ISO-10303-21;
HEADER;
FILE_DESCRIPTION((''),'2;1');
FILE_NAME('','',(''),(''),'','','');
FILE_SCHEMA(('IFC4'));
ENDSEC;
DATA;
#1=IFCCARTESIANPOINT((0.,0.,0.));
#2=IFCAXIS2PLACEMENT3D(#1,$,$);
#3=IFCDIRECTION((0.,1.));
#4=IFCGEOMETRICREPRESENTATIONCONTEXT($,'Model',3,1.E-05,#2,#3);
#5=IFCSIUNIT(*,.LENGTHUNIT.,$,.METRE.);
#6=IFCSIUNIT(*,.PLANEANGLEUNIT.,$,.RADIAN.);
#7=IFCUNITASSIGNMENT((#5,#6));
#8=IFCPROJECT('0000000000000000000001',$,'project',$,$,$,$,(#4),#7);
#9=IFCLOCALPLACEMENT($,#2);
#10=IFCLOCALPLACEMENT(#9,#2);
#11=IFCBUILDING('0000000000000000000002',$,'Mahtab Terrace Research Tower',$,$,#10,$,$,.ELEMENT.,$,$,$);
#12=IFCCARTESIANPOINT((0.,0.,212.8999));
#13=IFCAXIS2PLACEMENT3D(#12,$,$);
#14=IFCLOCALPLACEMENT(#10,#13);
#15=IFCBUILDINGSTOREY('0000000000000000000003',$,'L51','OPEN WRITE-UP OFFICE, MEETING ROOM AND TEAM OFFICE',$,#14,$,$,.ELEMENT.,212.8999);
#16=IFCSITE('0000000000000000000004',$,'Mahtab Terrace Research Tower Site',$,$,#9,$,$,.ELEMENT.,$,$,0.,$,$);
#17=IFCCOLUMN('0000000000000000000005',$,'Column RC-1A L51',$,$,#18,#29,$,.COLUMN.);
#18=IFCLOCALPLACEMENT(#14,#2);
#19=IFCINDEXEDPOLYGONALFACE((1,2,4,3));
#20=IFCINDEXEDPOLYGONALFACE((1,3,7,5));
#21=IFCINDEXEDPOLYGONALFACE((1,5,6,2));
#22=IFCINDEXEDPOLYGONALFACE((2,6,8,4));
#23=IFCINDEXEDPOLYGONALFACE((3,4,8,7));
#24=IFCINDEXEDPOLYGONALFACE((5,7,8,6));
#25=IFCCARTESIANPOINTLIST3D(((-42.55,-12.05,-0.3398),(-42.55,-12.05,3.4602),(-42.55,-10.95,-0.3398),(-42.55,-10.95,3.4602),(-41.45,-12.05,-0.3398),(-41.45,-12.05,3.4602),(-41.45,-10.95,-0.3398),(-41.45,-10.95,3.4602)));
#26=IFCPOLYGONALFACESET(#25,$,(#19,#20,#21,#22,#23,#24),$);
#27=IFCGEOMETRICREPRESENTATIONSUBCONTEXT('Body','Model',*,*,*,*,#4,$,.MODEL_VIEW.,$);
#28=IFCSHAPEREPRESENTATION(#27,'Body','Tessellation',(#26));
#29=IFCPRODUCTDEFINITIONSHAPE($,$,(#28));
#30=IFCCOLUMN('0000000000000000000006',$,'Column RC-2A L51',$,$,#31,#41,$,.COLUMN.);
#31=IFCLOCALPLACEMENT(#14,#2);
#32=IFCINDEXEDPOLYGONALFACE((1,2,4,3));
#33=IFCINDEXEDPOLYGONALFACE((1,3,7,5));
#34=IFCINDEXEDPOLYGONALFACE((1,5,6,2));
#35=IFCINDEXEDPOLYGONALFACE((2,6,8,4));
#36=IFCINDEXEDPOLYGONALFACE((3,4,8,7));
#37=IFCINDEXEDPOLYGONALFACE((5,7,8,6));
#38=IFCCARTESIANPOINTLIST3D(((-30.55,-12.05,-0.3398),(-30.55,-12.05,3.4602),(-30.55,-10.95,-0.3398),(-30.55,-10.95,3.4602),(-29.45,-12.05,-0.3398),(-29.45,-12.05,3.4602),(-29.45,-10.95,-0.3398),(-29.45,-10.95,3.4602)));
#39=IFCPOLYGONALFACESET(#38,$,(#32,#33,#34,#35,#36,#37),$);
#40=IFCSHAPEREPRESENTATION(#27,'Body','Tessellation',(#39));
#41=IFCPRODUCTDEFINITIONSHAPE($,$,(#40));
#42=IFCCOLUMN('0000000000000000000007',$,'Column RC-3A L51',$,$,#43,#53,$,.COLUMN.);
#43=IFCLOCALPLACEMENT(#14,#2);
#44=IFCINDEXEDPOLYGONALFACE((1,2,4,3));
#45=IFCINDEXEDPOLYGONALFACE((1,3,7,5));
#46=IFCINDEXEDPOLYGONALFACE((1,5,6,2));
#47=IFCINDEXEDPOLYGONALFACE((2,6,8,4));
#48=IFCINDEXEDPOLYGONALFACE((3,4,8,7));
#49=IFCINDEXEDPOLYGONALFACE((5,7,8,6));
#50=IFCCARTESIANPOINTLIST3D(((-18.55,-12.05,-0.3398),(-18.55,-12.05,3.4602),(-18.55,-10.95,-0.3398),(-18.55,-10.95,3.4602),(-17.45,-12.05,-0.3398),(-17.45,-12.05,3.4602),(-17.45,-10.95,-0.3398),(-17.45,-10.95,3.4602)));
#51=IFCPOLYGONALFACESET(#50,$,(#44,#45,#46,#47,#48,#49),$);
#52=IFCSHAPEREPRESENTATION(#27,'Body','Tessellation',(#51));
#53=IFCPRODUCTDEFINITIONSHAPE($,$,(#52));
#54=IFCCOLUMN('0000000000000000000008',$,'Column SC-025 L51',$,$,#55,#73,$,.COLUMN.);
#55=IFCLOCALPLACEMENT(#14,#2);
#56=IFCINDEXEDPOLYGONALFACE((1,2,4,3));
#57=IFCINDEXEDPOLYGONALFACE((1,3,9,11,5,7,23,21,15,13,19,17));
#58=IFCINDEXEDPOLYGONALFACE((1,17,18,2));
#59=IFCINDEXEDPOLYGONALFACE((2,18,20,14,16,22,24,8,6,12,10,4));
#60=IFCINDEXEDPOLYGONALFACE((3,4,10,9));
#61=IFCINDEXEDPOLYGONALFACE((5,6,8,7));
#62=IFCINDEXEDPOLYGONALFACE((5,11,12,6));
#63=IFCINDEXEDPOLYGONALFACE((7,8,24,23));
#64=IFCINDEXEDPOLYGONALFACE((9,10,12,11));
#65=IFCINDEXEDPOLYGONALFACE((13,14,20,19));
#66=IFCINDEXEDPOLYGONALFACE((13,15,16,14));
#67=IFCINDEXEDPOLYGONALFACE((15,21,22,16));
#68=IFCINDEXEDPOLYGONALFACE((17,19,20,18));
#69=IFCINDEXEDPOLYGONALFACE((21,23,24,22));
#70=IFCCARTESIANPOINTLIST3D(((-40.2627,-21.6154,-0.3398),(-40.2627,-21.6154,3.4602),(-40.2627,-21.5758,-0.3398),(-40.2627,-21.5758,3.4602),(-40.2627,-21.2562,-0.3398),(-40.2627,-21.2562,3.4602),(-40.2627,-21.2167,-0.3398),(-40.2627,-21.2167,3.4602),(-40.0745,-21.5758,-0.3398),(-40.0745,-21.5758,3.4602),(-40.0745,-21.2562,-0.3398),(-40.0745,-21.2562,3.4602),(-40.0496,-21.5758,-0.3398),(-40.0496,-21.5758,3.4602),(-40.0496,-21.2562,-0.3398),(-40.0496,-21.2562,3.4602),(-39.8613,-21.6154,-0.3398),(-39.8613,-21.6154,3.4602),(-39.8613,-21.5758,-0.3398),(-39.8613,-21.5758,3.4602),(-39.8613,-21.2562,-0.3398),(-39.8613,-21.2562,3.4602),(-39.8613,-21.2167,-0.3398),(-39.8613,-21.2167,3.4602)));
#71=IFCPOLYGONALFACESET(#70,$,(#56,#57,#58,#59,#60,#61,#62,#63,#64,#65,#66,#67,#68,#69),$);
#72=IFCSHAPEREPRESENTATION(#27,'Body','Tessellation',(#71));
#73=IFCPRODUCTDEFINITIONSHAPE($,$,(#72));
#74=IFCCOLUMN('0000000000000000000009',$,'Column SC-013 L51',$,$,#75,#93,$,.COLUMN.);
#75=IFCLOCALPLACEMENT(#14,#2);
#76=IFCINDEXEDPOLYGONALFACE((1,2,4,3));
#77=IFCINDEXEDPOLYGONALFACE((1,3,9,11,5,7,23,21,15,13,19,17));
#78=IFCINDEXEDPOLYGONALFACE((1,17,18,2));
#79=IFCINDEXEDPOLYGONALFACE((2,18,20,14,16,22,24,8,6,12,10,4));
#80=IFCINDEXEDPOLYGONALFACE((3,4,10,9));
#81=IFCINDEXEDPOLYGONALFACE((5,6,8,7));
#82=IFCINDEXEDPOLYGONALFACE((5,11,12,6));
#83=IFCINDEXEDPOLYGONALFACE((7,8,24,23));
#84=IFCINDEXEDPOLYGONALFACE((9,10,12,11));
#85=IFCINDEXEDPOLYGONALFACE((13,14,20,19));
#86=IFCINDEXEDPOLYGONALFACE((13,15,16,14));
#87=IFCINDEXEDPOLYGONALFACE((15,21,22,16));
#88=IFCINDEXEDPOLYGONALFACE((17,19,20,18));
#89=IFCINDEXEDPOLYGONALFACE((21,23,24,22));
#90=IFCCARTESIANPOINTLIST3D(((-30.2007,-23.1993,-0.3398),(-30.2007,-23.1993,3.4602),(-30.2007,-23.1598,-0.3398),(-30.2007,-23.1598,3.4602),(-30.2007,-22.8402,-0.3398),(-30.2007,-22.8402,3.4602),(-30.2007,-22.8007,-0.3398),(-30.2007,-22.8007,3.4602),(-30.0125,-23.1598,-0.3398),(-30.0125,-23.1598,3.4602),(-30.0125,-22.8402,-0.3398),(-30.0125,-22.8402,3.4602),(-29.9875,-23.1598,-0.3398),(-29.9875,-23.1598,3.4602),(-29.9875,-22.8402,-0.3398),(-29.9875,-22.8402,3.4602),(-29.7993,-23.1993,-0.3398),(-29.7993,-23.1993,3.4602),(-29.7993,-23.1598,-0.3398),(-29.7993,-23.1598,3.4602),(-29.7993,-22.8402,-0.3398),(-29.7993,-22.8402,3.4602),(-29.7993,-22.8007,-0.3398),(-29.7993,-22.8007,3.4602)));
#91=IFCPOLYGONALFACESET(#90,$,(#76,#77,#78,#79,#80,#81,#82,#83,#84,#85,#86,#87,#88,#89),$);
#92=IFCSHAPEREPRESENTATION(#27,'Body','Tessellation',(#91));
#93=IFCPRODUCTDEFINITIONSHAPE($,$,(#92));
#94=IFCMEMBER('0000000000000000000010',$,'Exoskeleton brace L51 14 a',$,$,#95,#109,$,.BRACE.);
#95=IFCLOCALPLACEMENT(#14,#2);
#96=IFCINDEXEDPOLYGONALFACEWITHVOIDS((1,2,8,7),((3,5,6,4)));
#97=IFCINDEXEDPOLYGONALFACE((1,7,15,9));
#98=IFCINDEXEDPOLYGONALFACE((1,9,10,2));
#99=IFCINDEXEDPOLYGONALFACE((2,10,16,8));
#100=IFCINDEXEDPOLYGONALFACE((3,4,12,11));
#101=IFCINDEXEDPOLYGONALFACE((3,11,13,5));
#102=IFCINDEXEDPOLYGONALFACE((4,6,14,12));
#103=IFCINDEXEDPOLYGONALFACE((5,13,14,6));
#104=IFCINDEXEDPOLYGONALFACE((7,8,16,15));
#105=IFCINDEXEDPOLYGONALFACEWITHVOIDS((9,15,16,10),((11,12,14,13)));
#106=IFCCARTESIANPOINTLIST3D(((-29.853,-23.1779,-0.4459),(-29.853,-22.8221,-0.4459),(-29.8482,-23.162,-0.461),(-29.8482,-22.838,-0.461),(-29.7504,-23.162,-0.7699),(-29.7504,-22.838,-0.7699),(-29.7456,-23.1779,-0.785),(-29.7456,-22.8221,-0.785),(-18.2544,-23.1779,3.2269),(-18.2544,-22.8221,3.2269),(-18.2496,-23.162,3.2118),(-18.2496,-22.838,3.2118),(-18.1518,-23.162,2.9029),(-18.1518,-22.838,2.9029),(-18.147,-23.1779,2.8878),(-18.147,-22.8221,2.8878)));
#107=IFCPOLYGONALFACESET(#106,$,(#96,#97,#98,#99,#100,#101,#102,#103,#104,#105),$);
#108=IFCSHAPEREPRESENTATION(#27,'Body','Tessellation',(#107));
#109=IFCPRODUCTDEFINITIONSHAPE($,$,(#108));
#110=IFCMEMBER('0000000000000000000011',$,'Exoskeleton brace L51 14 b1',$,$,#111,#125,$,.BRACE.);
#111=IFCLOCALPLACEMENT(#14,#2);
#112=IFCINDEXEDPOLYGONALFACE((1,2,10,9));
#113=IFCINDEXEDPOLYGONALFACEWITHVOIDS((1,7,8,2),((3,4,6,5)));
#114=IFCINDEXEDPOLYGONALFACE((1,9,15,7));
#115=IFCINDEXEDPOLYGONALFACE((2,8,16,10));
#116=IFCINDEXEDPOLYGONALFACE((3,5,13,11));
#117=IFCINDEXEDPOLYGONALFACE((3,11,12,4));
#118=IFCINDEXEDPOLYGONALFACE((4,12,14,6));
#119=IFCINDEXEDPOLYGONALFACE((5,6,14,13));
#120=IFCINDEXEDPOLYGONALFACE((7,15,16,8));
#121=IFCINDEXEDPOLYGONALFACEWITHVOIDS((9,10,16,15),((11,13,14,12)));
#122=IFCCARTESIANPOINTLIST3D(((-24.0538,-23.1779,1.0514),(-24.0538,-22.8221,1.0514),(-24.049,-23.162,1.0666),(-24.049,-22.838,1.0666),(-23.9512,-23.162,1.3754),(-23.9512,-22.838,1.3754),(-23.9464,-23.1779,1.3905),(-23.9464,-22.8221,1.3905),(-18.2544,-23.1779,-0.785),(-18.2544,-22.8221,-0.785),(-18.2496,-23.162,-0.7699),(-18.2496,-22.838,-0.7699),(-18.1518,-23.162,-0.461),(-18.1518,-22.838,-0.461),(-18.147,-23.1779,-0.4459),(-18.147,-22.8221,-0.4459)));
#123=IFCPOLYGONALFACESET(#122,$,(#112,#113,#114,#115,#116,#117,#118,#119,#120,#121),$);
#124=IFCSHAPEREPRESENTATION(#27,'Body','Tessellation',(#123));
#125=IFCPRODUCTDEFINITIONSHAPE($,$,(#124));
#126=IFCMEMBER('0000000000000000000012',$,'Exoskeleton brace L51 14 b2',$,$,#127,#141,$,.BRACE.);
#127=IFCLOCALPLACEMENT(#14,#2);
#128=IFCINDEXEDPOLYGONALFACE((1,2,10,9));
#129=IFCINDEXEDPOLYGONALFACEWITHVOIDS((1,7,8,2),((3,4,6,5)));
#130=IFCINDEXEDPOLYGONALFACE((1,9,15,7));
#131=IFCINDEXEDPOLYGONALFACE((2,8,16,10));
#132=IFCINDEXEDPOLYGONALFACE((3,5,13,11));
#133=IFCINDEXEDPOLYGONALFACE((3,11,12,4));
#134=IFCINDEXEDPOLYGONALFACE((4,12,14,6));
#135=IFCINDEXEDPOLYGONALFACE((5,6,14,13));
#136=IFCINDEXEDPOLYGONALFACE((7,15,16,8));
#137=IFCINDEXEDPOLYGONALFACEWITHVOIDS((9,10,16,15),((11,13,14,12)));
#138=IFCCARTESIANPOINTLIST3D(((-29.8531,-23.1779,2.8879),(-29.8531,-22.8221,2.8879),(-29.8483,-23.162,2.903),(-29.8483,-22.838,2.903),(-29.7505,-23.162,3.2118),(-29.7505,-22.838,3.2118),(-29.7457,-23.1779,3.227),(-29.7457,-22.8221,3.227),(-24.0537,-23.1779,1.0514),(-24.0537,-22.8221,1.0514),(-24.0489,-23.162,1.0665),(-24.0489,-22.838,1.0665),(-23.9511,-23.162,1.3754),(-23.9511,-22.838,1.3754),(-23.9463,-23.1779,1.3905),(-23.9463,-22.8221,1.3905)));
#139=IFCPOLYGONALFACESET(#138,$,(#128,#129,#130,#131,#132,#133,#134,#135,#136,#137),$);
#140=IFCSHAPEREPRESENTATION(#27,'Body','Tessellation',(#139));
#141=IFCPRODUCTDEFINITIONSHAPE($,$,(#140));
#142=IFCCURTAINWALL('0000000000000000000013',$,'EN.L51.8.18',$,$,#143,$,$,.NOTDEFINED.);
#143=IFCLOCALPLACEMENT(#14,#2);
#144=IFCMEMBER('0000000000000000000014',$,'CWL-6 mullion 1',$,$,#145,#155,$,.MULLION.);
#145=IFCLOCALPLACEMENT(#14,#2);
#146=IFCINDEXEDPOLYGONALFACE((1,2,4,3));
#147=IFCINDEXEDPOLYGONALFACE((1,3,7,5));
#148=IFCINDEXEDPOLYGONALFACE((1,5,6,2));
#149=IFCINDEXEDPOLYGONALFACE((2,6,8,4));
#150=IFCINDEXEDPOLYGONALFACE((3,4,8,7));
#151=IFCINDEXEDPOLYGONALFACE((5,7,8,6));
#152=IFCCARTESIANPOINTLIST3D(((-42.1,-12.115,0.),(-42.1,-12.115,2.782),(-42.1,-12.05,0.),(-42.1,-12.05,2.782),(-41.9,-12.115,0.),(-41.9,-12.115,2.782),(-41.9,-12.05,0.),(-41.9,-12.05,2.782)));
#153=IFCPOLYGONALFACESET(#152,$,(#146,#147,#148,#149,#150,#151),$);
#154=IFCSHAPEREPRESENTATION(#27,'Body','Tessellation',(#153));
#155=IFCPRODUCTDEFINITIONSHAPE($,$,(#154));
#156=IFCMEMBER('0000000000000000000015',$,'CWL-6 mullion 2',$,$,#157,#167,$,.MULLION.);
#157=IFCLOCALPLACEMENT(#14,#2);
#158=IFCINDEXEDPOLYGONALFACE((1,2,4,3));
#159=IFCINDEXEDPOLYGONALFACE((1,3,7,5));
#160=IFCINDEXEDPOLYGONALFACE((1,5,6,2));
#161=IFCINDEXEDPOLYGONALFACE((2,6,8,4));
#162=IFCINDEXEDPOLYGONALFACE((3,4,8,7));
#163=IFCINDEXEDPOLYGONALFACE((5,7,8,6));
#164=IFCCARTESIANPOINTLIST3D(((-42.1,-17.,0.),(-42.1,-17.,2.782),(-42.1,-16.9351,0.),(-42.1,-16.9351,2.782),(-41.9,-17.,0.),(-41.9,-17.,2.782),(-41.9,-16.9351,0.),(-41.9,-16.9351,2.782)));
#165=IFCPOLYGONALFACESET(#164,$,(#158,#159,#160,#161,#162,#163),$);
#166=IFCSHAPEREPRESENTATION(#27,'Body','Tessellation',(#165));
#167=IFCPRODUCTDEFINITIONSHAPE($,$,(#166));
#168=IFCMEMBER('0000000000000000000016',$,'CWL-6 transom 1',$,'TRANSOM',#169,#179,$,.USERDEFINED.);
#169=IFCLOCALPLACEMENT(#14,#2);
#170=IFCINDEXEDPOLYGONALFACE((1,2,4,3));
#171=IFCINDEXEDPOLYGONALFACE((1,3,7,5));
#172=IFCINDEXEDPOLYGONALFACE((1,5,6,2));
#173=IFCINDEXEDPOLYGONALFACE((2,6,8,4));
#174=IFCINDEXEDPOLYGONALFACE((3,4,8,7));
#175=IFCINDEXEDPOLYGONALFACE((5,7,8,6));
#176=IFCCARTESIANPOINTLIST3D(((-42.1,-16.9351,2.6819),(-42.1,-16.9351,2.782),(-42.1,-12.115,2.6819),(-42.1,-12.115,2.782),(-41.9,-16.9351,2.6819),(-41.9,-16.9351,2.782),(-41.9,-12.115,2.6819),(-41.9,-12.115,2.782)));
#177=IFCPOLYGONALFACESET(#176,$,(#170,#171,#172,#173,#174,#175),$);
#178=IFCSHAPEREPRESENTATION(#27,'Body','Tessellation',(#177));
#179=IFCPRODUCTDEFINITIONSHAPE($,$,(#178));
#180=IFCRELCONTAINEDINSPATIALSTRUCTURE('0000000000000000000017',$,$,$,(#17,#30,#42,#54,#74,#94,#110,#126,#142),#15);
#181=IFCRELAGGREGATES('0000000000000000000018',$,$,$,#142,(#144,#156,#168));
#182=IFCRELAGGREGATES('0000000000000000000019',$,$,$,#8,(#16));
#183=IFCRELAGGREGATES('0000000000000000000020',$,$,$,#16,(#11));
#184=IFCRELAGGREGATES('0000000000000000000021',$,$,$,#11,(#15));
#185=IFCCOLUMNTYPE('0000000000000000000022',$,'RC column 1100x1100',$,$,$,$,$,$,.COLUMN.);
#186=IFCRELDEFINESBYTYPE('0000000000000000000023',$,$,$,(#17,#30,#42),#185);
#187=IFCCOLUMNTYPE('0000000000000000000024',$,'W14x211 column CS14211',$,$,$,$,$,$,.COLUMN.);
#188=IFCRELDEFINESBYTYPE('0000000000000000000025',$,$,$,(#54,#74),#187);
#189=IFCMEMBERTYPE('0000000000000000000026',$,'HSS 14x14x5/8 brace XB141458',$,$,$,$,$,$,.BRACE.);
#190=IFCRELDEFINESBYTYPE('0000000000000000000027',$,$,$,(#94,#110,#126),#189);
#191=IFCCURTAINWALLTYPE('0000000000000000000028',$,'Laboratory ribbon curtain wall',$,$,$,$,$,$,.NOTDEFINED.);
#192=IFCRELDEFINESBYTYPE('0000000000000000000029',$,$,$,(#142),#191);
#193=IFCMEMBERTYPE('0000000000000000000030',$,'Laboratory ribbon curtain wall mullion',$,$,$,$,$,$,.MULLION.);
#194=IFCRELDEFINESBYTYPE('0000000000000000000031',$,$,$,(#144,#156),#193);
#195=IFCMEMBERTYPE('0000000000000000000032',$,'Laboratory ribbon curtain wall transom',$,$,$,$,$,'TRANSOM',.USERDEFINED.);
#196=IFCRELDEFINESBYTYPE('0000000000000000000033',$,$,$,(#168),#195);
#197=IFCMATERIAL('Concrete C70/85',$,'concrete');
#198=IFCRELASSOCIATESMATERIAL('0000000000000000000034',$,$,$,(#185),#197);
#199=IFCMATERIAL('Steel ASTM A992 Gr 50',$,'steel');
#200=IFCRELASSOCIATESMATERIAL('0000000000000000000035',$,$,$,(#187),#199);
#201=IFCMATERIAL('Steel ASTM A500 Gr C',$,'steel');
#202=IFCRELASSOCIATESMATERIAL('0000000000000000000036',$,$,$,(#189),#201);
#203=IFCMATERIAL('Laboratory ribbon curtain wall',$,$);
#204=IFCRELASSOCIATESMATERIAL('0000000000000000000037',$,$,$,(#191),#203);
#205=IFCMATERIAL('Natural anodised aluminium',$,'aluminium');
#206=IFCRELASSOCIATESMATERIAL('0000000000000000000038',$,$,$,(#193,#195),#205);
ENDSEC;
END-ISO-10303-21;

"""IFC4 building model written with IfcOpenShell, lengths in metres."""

from ifc_helpers import new_model, si_unit, direction, frame, origin, origin_2d, place, context, subcontext, project, spatial, rectangle, hollow_rectangle, i_section, extrude, material, material_profile, profile_set, type_object, element, aggregate, save


model = new_model("IFC4")

# Units and contexts
model_context = context("Model", 3, precision=1e-05, world=origin(), true_north=direction((0.0, 1.0)))
body_context = subcontext(model_context, "Body", "Model", "MODEL_VIEW")
ifc_project = project(units=[si_unit("LENGTHUNIT", "METRE"), si_unit("PLANEANGLEUNIT", "RADIAN")], contexts=[model_context])

# Site, building, storey
site_placement = place(None, origin())
site = spatial("IfcSite", under=ifc_project, at=site_placement, Name="Mahtab Terrace Research Tower Site", CompositionType="ELEMENT", RefElevation=0.0)
building_placement = place(site_placement, origin())
building = spatial("IfcBuilding", under=site, at=building_placement, Name="Mahtab Terrace Research Tower", CompositionType="ELEMENT")
storey_placement = place(building_placement, frame((0.0, 0.0, 212.8999)))
storey = spatial("IfcBuildingStorey", under=building, at=storey_placement, Name="L51", Description="OPEN WRITE-UP OFFICE, MEETING ROOM AND TEAM OFFICE", CompositionType="ELEMENT", Elevation=212.8999)

# Columns
ifc_material_1 = material(Name="Concrete C70/85", Category="concrete")
ifc_material_profile_1 = material_profile(ifc_material_1, rectangle(XDim=1.1001, YDim=1.1001, at=origin_2d()), Name="RC column 1100x1100")
ifc_profile_set_1 = profile_set([ifc_material_profile_1], Name="Concrete C70/85")
column_type_1 = type_object("IfcColumnType", Name="RC column 1100x1100", PredefinedType="COLUMN", material=ifc_profile_set_1)
for number, where, z_axis, x_axis, name in (
    (1, (-42.0, -11.5, -0.3398), (0.0, 0.0, 1.0), (1.0, 0.0, 0.0), "Column RC-1A L51"),
    (2, (-30.0, -11.5, -0.3398), (0.0, 0.0, 1.0), (1.0, 0.0, 0.0), "Column RC-2A L51"),
    (3, (-18.0, -11.5, -0.3398), (0.0, 0.0, 1.0), (1.0, 0.0, 0.0), "Column RC-3A L51"),
):
    element("IfcColumn", number, at=place(storey_placement, frame(where, z_axis=z_axis, x_axis=x_axis)), inside=storey, type_object=column_type_1, Name=name, PredefinedType="COLUMN", context=body_context, shape_type="SweptSolid", body=[
        extrude(rectangle(XDim=1.1001, YDim=1.1001, at=origin_2d()), origin(), (0.0, 0.0, 1.0), 3.8),
    ])
ifc_material_2 = material(Name="Steel ASTM A992 Gr 50", Category="steel")
ifc_material_profile_2 = material_profile(ifc_material_2, i_section(OverallWidth=0.4014, OverallDepth=0.3987, WebThickness=0.0249, FlangeThickness=0.0396, at=origin_2d()), Name="W14X211")
ifc_profile_set_2 = profile_set([ifc_material_profile_2], Name="Steel ASTM A992 Gr 50")
column_type_2 = type_object("IfcColumnType", Name="W14x211 column CS14211", PredefinedType="COLUMN", material=ifc_profile_set_2)
for number, where, z_axis, x_axis, name in (
    (4, (-40.062, -21.416, -0.3398), (0.0, 0.0, 1.0), (1.0, 0.0, 0.0), "Column SC-025 L51"),
    (5, (-30.0, -23.0, -0.3398), (0.0, 0.0, 1.0), (1.0, 0.0, 0.0), "Column SC-013 L51"),
):
    element("IfcColumn", number, at=place(storey_placement, frame(where, z_axis=z_axis, x_axis=x_axis)), inside=storey, type_object=column_type_2, Name=name, PredefinedType="COLUMN", context=body_context, shape_type="SweptSolid", body=[
        extrude(i_section(OverallWidth=0.4014, OverallDepth=0.3987, WebThickness=0.0249, FlangeThickness=0.0396, at=origin_2d()), origin(), (0.0, 0.0, 1.0), 3.8),
    ])

# Members
ifc_material_3 = material(Name="Steel ASTM A500 Gr C", Category="steel")
ifc_material_profile_3 = material_profile(ifc_material_3, hollow_rectangle(XDim=0.3557, YDim=0.3557, WallThickness=0.0159, at=origin_2d()), Name="HSS14X14X5/8")
ifc_profile_set_3 = profile_set([ifc_material_profile_3], Name="Steel ASTM A500 Gr C")
member_type_1 = type_object("IfcMemberType", Name="HSS 14x14x5/8 brace XB141458", PredefinedType="BRACE", material=ifc_profile_set_3)
member_1_placement = place(storey_placement, frame((-29.7993, -23.0, -0.6155), z_axis=(0.953343, 0.0, 0.301888), x_axis=(0.0, 1.0, 0.0)))
element("IfcMember", 6, at=member_1_placement, inside=storey, type_object=member_type_1, Name="Exoskeleton brace L51 14 a", PredefinedType="BRACE", context=body_context, shape_type="SweptSolid", body=[
    extrude(hollow_rectangle(XDim=0.3557, YDim=0.3557, WallThickness=0.0159, at=origin_2d()), origin(), (0.0, 0.0, 1.0), 12.1663),
])
for number, where, z_axis, x_axis, name in (
    (7, (-18.2007, -23.0, -0.6155), (-0.953343, 0.0, 0.301888), (0.0, -1.0, 0.0), "Exoskeleton brace L51 14 b1"),
    (8, (-24.0, -23.0, 1.2209), (-0.953343, 0.0, 0.301888), (0.0, -1.0, 0.0), "Exoskeleton brace L51 14 b2"),
):
    element("IfcMember", number, at=place(storey_placement, frame(where, z_axis=z_axis, x_axis=x_axis)), inside=storey, type_object=member_type_1, Name=name, PredefinedType="BRACE", context=body_context, shape_type="SweptSolid", body=[
        extrude(hollow_rectangle(XDim=0.3557, YDim=0.3557, WallThickness=0.0159, at=origin_2d()), origin(), (0.0, 0.0, 1.0), 6.0833),
    ])

# Curtain wall, members
ifc_material_4 = material(Name="Laboratory ribbon curtain wall")
curtain_wall_type = type_object("IfcCurtainWallType", Name="Laboratory ribbon curtain wall", PredefinedType="NOTDEFINED", material=ifc_material_4)
curtain_wall_placement = place(storey_placement, origin())
curtain_wall = element("IfcCurtainWall", 9, at=curtain_wall_placement, inside=storey, type_object=curtain_wall_type, Name="EN.L51.8.18", PredefinedType="NOTDEFINED")
ifc_material_5 = material(Name="Natural anodised aluminium", Category="aluminium")
ifc_material_profile_4 = material_profile(ifc_material_5, rectangle(XDim=0.2, YDim=0.0649, at=origin_2d()), Name="MULLION 65x200")
ifc_profile_set_4 = profile_set([ifc_material_profile_4], Name="Natural anodised aluminium")
member_type_2 = type_object("IfcMemberType", Name="Laboratory ribbon curtain wall mullion", PredefinedType="MULLION", material=ifc_profile_set_4)
member_2_placement = place(storey_placement, frame((-42.0, -12.0825, 0.0), z_axis=(0.0, 0.0, 1.0), x_axis=(1.0, 0.0, 0.0)))
member_2 = element("IfcMember", 10, at=member_2_placement, type_object=member_type_2, Name="CWL-6 mullion 1", PredefinedType="MULLION", context=body_context, shape_type="SweptSolid", body=[
    extrude(rectangle(XDim=0.2, YDim=0.0649, at=origin_2d()), origin(), (0.0, 0.0, 1.0), 2.782),
])
member_3_placement = place(storey_placement, frame((-42.0, -16.9675, 0.0), z_axis=(0.0, 0.0, 1.0), x_axis=(1.0, 0.0, 0.0)))
member_3 = element("IfcMember", 11, at=member_3_placement, type_object=member_type_2, Name="CWL-6 mullion 2", PredefinedType="MULLION", context=body_context, shape_type="SweptSolid", body=[
    extrude(rectangle(XDim=0.2, YDim=0.0649, at=origin_2d()), origin(), (0.0, 0.0, 1.0), 2.782),
])
ifc_material_profile_5 = material_profile(ifc_material_5, rectangle(XDim=0.2, YDim=0.1001, at=origin_2d()), Name="TRANSOM 100x200")
ifc_profile_set_5 = profile_set([ifc_material_profile_5], Name="Natural anodised aluminium")
member_type_3 = type_object("IfcMemberType", Name="Laboratory ribbon curtain wall transom", ElementType="TRANSOM", PredefinedType="USERDEFINED", material=ifc_profile_set_5)
member_4_placement = place(storey_placement, frame((-42.0, -12.115, 2.7319), z_axis=(0.0, -1.0, 0.0), x_axis=(1.0, 0.0, 0.0)))
member_4 = element("IfcMember", 12, at=member_4_placement, type_object=member_type_3, Name="CWL-6 transom 1", ObjectType="TRANSOM", PredefinedType="USERDEFINED", context=body_context, shape_type="SweptSolid", body=[
    extrude(rectangle(XDim=0.2, YDim=0.1001, at=origin_2d()), origin(), (0.0, 0.0, 1.0), 4.8201),
])

aggregate(curtain_wall, [member_2, member_3, member_4])

save(model, "model.ifc")
